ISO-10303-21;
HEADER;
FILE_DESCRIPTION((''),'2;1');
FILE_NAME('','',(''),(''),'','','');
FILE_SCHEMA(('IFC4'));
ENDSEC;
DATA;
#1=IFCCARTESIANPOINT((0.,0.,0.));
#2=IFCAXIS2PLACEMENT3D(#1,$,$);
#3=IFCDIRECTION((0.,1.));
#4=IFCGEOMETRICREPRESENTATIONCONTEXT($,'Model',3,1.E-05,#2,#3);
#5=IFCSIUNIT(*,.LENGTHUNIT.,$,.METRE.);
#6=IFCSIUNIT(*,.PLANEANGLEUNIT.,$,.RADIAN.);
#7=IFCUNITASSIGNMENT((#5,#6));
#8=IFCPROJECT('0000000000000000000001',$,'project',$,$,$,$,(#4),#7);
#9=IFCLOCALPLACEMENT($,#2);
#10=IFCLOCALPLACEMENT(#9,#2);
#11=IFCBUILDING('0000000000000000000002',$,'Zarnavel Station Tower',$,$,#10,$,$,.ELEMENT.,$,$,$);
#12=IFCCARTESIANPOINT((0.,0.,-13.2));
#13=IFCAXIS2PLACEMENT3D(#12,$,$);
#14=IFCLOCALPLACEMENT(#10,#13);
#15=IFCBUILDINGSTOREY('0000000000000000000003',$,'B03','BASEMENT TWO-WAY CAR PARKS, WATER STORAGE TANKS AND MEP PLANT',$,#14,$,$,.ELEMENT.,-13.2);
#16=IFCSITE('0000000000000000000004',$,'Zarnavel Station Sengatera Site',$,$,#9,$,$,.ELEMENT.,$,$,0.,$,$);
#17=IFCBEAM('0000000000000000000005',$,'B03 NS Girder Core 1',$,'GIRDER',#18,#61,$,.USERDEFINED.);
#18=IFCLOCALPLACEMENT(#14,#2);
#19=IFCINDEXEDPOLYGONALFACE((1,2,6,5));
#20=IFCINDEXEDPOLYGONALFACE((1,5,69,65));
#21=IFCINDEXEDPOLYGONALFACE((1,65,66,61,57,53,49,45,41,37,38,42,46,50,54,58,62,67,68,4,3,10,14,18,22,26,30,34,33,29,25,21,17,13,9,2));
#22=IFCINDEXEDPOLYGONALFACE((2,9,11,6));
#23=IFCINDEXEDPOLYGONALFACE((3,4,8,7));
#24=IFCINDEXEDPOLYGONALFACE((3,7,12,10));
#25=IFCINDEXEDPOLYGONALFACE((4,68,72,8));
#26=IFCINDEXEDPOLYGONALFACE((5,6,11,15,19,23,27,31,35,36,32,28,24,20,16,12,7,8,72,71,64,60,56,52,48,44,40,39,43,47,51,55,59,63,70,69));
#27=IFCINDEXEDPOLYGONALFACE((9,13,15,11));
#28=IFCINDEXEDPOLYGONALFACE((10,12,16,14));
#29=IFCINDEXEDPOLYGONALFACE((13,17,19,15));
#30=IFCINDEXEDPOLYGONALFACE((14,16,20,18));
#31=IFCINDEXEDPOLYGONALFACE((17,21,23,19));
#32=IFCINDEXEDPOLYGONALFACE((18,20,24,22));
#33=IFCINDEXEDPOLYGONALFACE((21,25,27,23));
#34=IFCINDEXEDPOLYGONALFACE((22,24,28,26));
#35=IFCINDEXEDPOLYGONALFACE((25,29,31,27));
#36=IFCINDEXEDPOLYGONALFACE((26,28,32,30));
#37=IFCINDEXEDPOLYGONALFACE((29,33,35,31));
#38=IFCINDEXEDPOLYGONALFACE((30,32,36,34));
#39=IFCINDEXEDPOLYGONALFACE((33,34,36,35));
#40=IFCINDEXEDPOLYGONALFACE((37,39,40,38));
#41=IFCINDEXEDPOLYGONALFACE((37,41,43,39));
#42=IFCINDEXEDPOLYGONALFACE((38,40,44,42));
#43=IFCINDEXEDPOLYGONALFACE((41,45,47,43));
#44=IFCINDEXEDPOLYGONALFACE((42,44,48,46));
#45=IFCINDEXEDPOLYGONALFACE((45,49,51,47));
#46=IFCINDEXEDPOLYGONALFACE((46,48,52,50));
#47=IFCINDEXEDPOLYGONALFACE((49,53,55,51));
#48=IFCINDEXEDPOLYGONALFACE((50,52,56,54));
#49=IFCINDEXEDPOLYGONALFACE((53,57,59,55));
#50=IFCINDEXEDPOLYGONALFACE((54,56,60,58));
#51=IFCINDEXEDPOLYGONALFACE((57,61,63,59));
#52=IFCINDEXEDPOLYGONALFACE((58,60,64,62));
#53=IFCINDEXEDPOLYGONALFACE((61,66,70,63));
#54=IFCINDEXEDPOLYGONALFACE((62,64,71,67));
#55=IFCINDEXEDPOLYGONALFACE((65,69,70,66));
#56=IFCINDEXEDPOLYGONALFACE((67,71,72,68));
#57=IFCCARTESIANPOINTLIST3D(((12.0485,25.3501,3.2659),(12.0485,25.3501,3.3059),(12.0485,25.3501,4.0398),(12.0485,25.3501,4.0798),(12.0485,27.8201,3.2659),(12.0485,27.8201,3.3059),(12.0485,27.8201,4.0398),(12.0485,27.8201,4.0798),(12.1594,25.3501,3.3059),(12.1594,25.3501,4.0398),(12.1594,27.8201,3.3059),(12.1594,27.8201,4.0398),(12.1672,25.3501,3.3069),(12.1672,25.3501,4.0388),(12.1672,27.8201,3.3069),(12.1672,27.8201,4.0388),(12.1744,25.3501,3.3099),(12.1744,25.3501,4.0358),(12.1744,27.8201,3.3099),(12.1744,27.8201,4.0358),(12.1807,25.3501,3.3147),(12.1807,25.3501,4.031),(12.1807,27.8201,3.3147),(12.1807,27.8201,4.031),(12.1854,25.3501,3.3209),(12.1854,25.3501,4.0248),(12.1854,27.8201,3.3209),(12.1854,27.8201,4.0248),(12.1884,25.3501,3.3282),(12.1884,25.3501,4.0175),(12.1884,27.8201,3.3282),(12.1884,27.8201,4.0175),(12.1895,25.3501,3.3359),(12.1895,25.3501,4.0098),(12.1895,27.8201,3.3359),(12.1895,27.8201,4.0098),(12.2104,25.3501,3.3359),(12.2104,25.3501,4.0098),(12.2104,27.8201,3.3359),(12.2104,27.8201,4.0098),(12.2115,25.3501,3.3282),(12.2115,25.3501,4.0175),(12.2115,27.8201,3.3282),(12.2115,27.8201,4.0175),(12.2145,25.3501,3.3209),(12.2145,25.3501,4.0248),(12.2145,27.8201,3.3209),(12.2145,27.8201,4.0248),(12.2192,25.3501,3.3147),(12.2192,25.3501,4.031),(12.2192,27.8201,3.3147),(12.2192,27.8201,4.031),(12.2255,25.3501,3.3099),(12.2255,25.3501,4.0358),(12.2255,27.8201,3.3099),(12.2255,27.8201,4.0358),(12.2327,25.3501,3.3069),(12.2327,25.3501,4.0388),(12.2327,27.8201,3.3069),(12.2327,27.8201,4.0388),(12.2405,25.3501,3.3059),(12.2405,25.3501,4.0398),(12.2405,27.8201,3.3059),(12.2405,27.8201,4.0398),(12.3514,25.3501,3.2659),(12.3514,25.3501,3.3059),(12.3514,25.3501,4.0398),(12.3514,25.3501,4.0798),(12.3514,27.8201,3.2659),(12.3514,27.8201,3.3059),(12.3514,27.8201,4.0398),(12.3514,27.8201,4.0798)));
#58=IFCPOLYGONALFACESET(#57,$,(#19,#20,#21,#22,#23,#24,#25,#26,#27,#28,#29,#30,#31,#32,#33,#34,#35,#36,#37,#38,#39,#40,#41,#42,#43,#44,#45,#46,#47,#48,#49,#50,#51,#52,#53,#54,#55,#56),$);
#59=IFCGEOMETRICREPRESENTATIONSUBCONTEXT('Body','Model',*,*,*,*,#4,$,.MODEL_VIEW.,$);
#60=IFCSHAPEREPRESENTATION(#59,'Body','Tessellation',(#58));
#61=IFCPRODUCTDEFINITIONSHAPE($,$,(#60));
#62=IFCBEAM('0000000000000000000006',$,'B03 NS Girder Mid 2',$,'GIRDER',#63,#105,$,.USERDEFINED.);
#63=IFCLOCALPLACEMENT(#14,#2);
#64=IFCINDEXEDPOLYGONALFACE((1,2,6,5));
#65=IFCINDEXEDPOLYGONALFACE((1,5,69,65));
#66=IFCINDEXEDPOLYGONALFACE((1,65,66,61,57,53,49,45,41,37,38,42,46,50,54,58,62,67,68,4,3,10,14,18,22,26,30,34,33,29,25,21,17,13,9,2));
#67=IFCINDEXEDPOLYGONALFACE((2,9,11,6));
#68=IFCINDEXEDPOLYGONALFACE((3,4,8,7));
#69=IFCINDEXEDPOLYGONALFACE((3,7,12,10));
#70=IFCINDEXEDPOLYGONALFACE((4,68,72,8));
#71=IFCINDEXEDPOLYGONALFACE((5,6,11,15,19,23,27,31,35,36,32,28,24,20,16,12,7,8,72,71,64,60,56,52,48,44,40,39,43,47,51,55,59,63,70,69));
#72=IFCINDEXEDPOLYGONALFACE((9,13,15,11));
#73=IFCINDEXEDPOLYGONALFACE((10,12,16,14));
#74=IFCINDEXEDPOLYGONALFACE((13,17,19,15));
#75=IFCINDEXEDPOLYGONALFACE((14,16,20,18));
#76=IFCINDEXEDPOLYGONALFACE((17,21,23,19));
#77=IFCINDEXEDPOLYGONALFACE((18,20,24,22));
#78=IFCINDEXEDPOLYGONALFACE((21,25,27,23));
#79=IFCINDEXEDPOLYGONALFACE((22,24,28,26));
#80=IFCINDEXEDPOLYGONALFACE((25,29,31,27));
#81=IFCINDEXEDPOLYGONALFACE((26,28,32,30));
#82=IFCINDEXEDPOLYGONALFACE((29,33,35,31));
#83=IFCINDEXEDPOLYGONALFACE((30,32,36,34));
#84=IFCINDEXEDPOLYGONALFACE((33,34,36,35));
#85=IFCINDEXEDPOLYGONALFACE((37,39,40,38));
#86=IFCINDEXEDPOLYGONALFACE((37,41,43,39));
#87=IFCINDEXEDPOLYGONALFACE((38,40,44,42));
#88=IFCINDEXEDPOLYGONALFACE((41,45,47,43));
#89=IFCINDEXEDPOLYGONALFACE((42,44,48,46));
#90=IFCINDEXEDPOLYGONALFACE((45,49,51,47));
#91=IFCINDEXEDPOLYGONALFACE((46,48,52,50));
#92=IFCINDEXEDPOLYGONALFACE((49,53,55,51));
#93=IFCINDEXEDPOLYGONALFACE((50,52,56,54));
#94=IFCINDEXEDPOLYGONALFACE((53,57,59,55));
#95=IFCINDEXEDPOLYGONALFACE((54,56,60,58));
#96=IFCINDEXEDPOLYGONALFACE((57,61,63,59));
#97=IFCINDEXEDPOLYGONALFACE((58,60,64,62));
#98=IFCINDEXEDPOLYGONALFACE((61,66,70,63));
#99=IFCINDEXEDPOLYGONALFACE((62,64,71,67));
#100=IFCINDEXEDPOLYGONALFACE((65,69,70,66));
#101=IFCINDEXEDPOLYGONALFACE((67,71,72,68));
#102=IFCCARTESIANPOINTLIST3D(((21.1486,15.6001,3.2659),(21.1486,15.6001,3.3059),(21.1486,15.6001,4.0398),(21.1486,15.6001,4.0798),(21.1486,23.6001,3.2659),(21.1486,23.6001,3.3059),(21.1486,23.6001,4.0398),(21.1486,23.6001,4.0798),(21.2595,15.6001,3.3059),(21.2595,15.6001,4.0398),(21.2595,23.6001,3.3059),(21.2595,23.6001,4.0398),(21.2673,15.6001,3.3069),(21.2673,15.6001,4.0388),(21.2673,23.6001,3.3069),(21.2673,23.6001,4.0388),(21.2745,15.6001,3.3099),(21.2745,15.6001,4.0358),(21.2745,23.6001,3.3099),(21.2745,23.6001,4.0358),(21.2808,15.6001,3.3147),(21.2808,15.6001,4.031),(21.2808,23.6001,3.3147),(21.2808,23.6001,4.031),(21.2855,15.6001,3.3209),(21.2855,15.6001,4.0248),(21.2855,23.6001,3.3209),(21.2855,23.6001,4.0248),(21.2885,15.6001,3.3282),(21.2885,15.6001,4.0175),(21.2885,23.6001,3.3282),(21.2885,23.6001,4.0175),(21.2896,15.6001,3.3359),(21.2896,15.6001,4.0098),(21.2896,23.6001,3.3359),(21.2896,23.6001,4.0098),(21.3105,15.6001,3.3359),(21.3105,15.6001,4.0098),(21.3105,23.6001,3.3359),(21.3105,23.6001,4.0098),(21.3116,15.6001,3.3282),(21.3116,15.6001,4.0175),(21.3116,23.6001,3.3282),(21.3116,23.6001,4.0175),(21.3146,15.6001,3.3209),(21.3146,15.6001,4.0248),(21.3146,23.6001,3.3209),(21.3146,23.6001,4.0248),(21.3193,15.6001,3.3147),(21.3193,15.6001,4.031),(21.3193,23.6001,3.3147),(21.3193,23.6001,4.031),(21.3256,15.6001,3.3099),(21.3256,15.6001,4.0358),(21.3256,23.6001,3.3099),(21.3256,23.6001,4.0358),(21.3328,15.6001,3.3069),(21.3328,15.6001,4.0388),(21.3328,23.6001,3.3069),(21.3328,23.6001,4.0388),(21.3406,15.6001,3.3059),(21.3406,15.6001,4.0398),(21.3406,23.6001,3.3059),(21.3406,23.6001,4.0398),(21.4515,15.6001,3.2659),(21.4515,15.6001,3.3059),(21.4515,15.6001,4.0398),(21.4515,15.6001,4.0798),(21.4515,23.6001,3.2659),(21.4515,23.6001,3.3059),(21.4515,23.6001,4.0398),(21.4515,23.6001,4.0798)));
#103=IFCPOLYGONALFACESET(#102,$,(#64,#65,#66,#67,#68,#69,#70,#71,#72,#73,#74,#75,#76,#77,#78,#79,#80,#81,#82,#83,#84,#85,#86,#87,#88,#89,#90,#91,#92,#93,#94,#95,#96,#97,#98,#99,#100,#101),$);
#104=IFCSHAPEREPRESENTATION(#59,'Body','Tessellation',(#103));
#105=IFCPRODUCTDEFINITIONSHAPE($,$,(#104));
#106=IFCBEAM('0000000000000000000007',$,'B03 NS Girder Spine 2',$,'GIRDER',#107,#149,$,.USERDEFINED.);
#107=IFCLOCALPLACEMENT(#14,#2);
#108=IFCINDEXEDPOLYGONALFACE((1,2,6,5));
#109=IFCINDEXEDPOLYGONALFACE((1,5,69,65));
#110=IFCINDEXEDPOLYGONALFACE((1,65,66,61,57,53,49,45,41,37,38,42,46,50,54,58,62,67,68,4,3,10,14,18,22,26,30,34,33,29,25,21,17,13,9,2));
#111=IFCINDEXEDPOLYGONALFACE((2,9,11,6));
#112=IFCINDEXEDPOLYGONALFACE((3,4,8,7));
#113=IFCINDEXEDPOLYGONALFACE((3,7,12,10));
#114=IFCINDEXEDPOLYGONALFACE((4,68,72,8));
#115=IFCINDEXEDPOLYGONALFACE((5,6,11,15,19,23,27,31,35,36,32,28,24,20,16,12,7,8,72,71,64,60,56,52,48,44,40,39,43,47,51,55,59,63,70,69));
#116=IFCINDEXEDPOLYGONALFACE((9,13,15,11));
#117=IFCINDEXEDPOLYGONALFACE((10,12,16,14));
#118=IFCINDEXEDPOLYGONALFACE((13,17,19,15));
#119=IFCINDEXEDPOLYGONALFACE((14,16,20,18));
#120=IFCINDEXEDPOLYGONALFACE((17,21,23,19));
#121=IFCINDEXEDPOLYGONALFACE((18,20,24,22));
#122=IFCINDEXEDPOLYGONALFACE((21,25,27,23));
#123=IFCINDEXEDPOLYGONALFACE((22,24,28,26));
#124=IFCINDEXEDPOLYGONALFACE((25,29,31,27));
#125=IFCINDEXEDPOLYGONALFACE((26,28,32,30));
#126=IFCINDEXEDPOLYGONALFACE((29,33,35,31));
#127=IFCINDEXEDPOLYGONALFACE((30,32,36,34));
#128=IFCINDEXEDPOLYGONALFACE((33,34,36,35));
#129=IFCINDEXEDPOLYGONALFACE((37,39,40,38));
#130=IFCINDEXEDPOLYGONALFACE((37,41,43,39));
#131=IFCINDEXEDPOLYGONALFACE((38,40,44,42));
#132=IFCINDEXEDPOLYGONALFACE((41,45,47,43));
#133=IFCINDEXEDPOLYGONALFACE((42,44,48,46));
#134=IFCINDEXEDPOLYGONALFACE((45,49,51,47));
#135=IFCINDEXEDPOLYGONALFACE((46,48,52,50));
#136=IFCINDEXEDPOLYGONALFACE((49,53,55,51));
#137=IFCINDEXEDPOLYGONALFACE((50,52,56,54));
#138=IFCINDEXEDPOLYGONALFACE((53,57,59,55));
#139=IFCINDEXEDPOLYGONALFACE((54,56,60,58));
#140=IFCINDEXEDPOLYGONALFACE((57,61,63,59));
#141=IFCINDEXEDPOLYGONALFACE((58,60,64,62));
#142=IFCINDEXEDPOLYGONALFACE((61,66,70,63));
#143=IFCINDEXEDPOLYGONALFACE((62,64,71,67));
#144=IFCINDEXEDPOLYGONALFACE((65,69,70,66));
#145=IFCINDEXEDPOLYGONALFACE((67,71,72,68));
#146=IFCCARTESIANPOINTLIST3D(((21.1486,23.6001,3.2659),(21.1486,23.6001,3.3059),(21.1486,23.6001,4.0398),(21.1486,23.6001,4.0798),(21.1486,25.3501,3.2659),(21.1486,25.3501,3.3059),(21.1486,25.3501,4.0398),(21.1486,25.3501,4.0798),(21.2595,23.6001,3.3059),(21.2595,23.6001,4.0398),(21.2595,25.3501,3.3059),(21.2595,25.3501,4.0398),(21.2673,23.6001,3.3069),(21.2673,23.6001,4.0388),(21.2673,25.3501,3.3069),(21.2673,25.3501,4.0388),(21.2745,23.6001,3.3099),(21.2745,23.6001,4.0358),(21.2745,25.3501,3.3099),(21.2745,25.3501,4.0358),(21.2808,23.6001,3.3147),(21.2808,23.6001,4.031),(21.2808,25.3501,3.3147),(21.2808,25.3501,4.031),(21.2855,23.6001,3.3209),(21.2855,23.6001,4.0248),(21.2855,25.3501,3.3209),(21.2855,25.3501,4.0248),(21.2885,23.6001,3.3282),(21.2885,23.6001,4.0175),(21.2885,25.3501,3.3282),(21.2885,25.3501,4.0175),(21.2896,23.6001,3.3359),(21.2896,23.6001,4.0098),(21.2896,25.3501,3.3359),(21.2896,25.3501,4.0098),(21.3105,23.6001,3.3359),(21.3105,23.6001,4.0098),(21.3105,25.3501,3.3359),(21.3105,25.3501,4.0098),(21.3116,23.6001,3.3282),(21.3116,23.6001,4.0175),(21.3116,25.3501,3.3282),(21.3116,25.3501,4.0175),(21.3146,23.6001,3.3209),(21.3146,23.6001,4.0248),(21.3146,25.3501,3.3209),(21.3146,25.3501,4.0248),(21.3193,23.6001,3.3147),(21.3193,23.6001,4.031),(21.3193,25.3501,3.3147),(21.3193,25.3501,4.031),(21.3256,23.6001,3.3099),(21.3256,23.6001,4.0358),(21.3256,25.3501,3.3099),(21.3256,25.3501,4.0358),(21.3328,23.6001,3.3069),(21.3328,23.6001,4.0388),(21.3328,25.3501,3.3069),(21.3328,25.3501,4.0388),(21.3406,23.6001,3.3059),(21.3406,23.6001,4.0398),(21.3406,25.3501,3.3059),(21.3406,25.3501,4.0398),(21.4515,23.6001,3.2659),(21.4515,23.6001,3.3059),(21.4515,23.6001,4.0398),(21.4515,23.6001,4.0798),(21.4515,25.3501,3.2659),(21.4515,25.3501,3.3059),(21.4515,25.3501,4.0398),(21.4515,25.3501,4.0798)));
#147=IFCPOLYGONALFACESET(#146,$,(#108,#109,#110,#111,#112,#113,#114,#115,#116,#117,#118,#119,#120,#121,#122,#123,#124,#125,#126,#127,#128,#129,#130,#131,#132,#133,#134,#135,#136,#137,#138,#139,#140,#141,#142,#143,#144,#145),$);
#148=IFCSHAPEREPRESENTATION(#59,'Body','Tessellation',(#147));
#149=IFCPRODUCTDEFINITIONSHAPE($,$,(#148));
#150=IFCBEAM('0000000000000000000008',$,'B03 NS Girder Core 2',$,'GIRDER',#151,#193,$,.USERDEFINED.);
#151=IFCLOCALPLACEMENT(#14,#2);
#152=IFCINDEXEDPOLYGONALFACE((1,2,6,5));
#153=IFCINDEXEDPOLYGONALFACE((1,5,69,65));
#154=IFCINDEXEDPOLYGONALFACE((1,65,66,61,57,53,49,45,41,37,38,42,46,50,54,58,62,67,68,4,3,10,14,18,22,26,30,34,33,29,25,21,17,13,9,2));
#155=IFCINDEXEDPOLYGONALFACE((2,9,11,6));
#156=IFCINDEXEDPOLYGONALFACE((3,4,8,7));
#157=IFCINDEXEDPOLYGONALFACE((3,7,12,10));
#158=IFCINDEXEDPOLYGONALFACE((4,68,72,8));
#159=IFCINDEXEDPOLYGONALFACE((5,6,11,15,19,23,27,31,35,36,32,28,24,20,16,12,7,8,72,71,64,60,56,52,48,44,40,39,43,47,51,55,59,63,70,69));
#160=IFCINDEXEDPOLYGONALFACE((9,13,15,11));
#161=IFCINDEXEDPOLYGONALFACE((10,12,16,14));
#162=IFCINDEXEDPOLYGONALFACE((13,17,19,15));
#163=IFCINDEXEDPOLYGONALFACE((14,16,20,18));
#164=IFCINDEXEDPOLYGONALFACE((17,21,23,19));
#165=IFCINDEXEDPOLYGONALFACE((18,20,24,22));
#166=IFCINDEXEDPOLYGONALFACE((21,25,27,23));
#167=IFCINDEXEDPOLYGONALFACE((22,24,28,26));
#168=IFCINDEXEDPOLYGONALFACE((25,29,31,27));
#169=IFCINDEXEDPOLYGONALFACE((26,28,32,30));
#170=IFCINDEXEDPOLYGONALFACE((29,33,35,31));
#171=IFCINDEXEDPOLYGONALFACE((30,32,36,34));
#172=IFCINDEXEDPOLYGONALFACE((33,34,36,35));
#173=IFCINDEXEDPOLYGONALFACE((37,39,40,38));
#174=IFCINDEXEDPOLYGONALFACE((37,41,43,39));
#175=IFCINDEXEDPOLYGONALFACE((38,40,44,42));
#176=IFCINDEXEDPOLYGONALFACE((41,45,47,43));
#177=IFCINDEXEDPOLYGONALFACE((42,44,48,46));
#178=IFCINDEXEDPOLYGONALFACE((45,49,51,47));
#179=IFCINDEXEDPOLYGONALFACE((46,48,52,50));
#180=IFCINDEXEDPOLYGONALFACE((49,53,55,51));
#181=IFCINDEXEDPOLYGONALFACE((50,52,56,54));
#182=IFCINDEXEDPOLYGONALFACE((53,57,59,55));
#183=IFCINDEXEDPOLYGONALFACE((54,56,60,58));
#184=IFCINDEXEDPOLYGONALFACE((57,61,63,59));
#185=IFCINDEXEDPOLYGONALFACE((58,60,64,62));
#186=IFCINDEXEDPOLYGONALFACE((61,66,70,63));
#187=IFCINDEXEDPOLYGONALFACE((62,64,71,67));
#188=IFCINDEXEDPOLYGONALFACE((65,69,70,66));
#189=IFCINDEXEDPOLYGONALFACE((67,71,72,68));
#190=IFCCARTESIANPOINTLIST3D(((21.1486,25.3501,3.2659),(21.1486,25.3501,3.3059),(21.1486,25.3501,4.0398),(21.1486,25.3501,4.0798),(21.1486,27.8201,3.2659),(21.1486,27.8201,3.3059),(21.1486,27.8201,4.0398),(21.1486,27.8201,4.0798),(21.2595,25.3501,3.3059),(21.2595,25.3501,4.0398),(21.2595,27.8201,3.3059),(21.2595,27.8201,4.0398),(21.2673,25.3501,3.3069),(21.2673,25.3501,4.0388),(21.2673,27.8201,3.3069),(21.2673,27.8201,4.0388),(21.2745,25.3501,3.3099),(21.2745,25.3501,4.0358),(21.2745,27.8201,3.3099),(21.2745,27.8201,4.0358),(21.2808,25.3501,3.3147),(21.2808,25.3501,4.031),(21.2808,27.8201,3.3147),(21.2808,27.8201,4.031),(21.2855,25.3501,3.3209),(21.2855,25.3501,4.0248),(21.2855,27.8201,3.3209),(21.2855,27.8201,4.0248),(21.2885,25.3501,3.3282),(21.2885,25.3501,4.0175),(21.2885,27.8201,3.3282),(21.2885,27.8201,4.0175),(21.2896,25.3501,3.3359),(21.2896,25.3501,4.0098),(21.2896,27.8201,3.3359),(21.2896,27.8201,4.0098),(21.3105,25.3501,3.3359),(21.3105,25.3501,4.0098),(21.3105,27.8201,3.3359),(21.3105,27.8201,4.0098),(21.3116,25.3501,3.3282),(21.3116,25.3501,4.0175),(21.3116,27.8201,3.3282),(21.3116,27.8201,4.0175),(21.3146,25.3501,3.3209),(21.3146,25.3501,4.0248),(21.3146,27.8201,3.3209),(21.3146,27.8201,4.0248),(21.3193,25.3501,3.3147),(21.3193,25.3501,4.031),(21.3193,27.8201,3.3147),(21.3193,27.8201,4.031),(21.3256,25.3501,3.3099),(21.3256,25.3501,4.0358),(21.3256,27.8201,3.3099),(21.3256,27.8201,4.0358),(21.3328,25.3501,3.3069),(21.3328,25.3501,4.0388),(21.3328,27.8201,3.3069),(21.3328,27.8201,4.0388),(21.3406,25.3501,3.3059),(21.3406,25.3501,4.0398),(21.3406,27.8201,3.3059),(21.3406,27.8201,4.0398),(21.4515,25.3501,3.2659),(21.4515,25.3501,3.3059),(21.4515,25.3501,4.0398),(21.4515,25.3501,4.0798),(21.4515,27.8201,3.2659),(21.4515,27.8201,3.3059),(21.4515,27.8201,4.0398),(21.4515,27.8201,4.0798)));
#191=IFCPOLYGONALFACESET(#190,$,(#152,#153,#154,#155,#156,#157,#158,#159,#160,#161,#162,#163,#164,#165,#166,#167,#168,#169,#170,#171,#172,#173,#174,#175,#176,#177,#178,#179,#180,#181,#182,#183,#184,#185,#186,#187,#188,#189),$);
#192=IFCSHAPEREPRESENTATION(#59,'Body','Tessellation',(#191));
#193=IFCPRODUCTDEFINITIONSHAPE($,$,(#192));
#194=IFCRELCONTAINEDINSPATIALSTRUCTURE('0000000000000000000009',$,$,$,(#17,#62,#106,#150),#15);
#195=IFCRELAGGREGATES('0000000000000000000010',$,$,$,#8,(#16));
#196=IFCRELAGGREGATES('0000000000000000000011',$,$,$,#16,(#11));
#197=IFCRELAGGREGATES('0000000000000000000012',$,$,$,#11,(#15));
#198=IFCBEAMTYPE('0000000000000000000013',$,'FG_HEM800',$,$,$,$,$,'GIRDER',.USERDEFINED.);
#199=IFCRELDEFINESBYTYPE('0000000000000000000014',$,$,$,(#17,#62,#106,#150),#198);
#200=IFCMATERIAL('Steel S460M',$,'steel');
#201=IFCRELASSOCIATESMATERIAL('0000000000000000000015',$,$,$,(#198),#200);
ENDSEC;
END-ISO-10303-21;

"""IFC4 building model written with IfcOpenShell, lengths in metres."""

from ifc_helpers import new_model, si_unit, direction, frame, origin, origin_2d, place, context, subcontext, project, spatial, i_section, extrude, material, material_profile, profile_set, type_object, element, save


model = new_model("IFC4")

# Units and contexts
model_context = context("Model", 3, precision=1e-05, world=origin(), true_north=direction((0.0, 1.0)))
body_context = subcontext(model_context, "Body", "Model", "MODEL_VIEW")
ifc_project = project(units=[si_unit("LENGTHUNIT", "METRE"), si_unit("PLANEANGLEUNIT", "RADIAN")], contexts=[model_context])

# Site, building, storey
site_placement = place(None, origin())
site = spatial("IfcSite", under=ifc_project, at=site_placement, Name="Zarnavel Station Sengatera Site", CompositionType="ELEMENT", RefElevation=0.0)
building_placement = place(site_placement, origin())
building = spatial("IfcBuilding", under=site, at=building_placement, Name="Zarnavel Station Tower", CompositionType="ELEMENT")
storey_placement = place(building_placement, frame((0.0, 0.0, -13.2)))
storey = spatial("IfcBuildingStorey", under=building, at=storey_placement, Name="B03", Description="BASEMENT TWO-WAY CAR PARKS, WATER STORAGE TANKS AND MEP PLANT", CompositionType="ELEMENT", Elevation=-13.2)

# Beams
ifc_material_1 = material(Name="Steel S460M", Category="steel")
ifc_material_profile_1 = material_profile(ifc_material_1, i_section(OverallWidth=0.303, OverallDepth=0.814, WebThickness=0.021, FlangeThickness=0.04, FilletRadius=0.03, at=origin_2d()), Name="HEM800")
ifc_profile_set_1 = profile_set([ifc_material_profile_1], Name="Steel S460M")
beam_type_1 = type_object("IfcBeamType", Name="FG_HEM800", ElementType="GIRDER", PredefinedType="USERDEFINED", material=ifc_profile_set_1)
beam_1_placement = place(storey_placement, frame((12.2, 25.3501, 3.6729), z_axis=(0.0, 1.0, 0.0), x_axis=(-1.0, 0.0, 0.0)))
element("IfcBeam", 1, at=beam_1_placement, inside=storey, type_object=beam_type_1, Name="B03 NS Girder Core 1", ObjectType="GIRDER", PredefinedType="USERDEFINED", context=body_context, shape_type="SweptSolid", body=[
    extrude(i_section(OverallWidth=0.303, OverallDepth=0.814, WebThickness=0.021, FlangeThickness=0.04, FilletRadius=0.03, at=origin_2d()), origin(), (0.0, 0.0, 1.0), 2.47),
])
beam_2_placement = place(storey_placement, frame((21.3, 15.6001, 3.6729), z_axis=(0.0, 1.0, 0.0), x_axis=(-1.0, 0.0, 0.0)))
element("IfcBeam", 2, at=beam_2_placement, inside=storey, type_object=beam_type_1, Name="B03 NS Girder Mid 2", ObjectType="GIRDER", PredefinedType="USERDEFINED", context=body_context, shape_type="SweptSolid", body=[
    extrude(i_section(OverallWidth=0.303, OverallDepth=0.814, WebThickness=0.021, FlangeThickness=0.04, FilletRadius=0.03, at=origin_2d()), origin(), (0.0, 0.0, 1.0), 8.0),
])
beam_3_placement = place(storey_placement, frame((21.3, 23.6001, 3.6729), z_axis=(0.0, 1.0, 0.0), x_axis=(-1.0, 0.0, 0.0)))
element("IfcBeam", 3, at=beam_3_placement, inside=storey, type_object=beam_type_1, Name="B03 NS Girder Spine 2", ObjectType="GIRDER", PredefinedType="USERDEFINED", context=body_context, shape_type="SweptSolid", body=[
    extrude(i_section(OverallWidth=0.303, OverallDepth=0.814, WebThickness=0.021, FlangeThickness=0.04, FilletRadius=0.03, at=origin_2d()), origin(), (0.0, 0.0, 1.0), 1.75),
])
beam_4_placement = place(storey_placement, frame((21.3, 25.3501, 3.6729), z_axis=(0.0, 1.0, 0.0), x_axis=(-1.0, 0.0, 0.0)))
element("IfcBeam", 4, at=beam_4_placement, inside=storey, type_object=beam_type_1, Name="B03 NS Girder Core 2", ObjectType="GIRDER", PredefinedType="USERDEFINED", context=body_context, shape_type="SweptSolid", body=[
    extrude(i_section(OverallWidth=0.303, OverallDepth=0.814, WebThickness=0.021, FlangeThickness=0.04, FilletRadius=0.03, at=origin_2d()), origin(), (0.0, 0.0, 1.0), 2.47),
])

save(model, "model.ifc")
